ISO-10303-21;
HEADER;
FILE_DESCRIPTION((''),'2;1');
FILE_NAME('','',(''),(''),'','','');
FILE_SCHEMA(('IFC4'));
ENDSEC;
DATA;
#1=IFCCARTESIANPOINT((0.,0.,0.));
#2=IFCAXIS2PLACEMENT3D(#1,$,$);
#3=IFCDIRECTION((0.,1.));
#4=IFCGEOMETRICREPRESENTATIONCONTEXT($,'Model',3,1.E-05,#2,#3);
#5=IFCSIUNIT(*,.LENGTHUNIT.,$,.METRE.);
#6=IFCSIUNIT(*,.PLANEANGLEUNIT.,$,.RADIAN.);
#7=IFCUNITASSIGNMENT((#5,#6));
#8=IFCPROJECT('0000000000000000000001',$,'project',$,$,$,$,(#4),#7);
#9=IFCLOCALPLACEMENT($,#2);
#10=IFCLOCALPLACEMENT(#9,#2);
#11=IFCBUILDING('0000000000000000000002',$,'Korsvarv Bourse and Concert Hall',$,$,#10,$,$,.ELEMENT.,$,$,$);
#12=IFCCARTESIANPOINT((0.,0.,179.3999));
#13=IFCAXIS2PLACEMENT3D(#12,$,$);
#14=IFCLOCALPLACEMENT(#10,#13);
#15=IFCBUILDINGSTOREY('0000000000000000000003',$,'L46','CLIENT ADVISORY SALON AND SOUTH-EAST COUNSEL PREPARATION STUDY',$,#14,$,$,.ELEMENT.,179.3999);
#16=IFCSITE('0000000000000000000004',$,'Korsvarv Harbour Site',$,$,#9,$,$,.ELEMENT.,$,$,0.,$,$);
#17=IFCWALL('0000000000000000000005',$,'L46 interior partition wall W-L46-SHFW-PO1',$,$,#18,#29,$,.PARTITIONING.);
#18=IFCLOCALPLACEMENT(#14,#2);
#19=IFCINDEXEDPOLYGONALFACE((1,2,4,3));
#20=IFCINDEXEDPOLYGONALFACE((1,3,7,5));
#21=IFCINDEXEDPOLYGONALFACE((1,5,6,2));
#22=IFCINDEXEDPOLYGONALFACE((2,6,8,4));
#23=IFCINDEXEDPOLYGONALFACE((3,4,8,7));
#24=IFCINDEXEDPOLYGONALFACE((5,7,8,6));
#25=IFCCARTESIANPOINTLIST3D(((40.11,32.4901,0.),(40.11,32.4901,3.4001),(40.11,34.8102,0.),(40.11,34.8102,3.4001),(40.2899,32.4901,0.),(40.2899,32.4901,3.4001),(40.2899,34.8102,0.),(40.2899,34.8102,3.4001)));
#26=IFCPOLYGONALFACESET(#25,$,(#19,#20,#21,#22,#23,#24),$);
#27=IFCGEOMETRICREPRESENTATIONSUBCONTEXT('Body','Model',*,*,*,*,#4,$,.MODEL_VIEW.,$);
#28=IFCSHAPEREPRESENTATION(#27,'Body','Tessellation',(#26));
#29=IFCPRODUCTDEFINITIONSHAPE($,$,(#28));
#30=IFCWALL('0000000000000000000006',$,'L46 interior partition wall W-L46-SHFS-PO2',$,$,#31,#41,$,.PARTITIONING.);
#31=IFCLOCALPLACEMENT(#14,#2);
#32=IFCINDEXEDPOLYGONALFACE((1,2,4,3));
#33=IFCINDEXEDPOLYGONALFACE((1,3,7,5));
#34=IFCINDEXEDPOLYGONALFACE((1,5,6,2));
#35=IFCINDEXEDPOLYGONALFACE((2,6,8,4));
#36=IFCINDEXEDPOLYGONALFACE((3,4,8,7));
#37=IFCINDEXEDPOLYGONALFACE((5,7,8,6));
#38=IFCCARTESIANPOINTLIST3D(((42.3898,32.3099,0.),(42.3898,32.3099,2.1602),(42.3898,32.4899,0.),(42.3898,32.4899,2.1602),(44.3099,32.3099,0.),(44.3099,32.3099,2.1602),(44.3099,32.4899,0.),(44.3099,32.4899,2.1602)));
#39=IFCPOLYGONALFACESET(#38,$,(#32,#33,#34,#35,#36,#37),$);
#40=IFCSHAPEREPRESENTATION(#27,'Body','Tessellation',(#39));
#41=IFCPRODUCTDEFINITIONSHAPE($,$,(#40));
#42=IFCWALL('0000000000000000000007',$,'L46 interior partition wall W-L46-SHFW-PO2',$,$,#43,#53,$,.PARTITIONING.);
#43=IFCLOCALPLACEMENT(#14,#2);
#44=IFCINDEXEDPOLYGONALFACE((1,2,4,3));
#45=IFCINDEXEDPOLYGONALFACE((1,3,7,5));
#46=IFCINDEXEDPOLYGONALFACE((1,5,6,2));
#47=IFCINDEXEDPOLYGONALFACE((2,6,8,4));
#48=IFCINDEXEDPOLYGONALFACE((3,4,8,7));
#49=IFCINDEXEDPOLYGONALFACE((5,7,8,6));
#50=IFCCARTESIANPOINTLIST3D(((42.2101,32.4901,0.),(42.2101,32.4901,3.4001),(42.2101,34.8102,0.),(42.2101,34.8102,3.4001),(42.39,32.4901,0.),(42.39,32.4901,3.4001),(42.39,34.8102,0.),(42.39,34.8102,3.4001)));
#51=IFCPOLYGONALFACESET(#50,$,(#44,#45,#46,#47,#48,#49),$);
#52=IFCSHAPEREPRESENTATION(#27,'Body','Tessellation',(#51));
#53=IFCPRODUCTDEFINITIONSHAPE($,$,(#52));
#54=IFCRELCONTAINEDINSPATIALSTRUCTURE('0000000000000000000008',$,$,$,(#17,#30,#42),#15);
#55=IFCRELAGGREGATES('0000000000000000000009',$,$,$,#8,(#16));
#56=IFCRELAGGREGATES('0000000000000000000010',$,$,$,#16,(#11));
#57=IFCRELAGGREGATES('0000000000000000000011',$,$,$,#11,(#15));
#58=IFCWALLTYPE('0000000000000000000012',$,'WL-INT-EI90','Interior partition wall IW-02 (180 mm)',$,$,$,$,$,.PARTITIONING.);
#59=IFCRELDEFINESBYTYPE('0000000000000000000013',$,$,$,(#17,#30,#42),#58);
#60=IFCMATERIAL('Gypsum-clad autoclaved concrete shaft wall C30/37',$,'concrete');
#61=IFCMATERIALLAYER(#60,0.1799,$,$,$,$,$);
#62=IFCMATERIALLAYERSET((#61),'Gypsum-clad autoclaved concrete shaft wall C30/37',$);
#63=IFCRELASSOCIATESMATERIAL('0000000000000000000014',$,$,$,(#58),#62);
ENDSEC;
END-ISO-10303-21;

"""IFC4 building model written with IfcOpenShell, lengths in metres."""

from ifc_helpers import new_model, si_unit, direction, frame, frame_2d, origin, place, context, subcontext, project, spatial, rectangle, extrude, material, layer, layer_set, type_object, element, save


model = new_model("IFC4")

# Units and contexts
model_context = context("Model", 3, precision=1e-05, world=origin(), true_north=direction((0.0, 1.0)))
body_context = subcontext(model_context, "Body", "Model", "MODEL_VIEW")
ifc_project = project(units=[si_unit("LENGTHUNIT", "METRE"), si_unit("PLANEANGLEUNIT", "RADIAN")], contexts=[model_context])

# Site, building, storey
site_placement = place(None, origin())
site = spatial("IfcSite", under=ifc_project, at=site_placement, Name="Korsvarv Harbour Site", CompositionType="ELEMENT", RefElevation=0.0)
building_placement = place(site_placement, origin())
building = spatial("IfcBuilding", under=site, at=building_placement, Name="Korsvarv Bourse and Concert Hall", CompositionType="ELEMENT")
storey_placement = place(building_placement, frame((0.0, 0.0, 179.3999)))
storey = spatial("IfcBuildingStorey", under=building, at=storey_placement, Name="L46", Description="CLIENT ADVISORY SALON AND SOUTH-EAST COUNSEL PREPARATION STUDY", CompositionType="ELEMENT", Elevation=179.3999)

# Walls
ifc_material_1 = material(Name="Gypsum-clad autoclaved concrete shaft wall C30/37", Category="concrete")
ifc_layer_1 = layer(ifc_material_1, 0.1799)
ifc_layer_set_1 = layer_set([ifc_layer_1], Name="Gypsum-clad autoclaved concrete shaft wall C30/37")
wall_type_1 = type_object("IfcWallType", Name="WL-INT-EI90", Description="Interior partition wall IW-02 (180 mm)", PredefinedType="PARTITIONING", material=ifc_layer_set_1)
wall_1_placement = place(storey_placement, frame((40.2, 32.49, 0.0), z_axis=(0.0, 0.0, 1.0), x_axis=(0.0, 1.0, 0.0)))
element("IfcWall", 1, at=wall_1_placement, inside=storey, type_object=wall_type_1, Name="L46 interior partition wall W-L46-SHFW-PO1", PredefinedType="PARTITIONING", context=body_context, shape_type="SweptSolid", body=[
    extrude(rectangle(XDim=2.3201, YDim=0.1799, at=frame_2d((1.1602, 0.0))), origin(), (0.0, 0.0, 1.0), 3.4001),
])
wall_2_placement = place(storey_placement, frame((42.3899, 32.3999, 0.0), z_axis=(0.0, 0.0, 1.0), x_axis=(1.0, 0.0, 0.0)))
element("IfcWall", 2, at=wall_2_placement, inside=storey, type_object=wall_type_1, Name="L46 interior partition wall W-L46-SHFS-PO2", PredefinedType="PARTITIONING", context=body_context, shape_type="SweptSolid", body=[
    extrude(rectangle(XDim=1.9202, YDim=0.1799, at=frame_2d((0.96, 0.0))), origin(), (0.0, 0.0, 1.0), 2.1602),
])
wall_3_placement = place(storey_placement, frame((42.3, 32.49, 0.0), z_axis=(0.0, 0.0, 1.0), x_axis=(0.0, 1.0, 0.0)))
element("IfcWall", 3, at=wall_3_placement, inside=storey, type_object=wall_type_1, Name="L46 interior partition wall W-L46-SHFW-PO2", PredefinedType="PARTITIONING", context=body_context, shape_type="SweptSolid", body=[
    extrude(rectangle(XDim=2.3201, YDim=0.1799, at=frame_2d((1.1602, 0.0))), origin(), (0.0, 0.0, 1.0), 3.4001),
])

save(model, "model.ifc")
